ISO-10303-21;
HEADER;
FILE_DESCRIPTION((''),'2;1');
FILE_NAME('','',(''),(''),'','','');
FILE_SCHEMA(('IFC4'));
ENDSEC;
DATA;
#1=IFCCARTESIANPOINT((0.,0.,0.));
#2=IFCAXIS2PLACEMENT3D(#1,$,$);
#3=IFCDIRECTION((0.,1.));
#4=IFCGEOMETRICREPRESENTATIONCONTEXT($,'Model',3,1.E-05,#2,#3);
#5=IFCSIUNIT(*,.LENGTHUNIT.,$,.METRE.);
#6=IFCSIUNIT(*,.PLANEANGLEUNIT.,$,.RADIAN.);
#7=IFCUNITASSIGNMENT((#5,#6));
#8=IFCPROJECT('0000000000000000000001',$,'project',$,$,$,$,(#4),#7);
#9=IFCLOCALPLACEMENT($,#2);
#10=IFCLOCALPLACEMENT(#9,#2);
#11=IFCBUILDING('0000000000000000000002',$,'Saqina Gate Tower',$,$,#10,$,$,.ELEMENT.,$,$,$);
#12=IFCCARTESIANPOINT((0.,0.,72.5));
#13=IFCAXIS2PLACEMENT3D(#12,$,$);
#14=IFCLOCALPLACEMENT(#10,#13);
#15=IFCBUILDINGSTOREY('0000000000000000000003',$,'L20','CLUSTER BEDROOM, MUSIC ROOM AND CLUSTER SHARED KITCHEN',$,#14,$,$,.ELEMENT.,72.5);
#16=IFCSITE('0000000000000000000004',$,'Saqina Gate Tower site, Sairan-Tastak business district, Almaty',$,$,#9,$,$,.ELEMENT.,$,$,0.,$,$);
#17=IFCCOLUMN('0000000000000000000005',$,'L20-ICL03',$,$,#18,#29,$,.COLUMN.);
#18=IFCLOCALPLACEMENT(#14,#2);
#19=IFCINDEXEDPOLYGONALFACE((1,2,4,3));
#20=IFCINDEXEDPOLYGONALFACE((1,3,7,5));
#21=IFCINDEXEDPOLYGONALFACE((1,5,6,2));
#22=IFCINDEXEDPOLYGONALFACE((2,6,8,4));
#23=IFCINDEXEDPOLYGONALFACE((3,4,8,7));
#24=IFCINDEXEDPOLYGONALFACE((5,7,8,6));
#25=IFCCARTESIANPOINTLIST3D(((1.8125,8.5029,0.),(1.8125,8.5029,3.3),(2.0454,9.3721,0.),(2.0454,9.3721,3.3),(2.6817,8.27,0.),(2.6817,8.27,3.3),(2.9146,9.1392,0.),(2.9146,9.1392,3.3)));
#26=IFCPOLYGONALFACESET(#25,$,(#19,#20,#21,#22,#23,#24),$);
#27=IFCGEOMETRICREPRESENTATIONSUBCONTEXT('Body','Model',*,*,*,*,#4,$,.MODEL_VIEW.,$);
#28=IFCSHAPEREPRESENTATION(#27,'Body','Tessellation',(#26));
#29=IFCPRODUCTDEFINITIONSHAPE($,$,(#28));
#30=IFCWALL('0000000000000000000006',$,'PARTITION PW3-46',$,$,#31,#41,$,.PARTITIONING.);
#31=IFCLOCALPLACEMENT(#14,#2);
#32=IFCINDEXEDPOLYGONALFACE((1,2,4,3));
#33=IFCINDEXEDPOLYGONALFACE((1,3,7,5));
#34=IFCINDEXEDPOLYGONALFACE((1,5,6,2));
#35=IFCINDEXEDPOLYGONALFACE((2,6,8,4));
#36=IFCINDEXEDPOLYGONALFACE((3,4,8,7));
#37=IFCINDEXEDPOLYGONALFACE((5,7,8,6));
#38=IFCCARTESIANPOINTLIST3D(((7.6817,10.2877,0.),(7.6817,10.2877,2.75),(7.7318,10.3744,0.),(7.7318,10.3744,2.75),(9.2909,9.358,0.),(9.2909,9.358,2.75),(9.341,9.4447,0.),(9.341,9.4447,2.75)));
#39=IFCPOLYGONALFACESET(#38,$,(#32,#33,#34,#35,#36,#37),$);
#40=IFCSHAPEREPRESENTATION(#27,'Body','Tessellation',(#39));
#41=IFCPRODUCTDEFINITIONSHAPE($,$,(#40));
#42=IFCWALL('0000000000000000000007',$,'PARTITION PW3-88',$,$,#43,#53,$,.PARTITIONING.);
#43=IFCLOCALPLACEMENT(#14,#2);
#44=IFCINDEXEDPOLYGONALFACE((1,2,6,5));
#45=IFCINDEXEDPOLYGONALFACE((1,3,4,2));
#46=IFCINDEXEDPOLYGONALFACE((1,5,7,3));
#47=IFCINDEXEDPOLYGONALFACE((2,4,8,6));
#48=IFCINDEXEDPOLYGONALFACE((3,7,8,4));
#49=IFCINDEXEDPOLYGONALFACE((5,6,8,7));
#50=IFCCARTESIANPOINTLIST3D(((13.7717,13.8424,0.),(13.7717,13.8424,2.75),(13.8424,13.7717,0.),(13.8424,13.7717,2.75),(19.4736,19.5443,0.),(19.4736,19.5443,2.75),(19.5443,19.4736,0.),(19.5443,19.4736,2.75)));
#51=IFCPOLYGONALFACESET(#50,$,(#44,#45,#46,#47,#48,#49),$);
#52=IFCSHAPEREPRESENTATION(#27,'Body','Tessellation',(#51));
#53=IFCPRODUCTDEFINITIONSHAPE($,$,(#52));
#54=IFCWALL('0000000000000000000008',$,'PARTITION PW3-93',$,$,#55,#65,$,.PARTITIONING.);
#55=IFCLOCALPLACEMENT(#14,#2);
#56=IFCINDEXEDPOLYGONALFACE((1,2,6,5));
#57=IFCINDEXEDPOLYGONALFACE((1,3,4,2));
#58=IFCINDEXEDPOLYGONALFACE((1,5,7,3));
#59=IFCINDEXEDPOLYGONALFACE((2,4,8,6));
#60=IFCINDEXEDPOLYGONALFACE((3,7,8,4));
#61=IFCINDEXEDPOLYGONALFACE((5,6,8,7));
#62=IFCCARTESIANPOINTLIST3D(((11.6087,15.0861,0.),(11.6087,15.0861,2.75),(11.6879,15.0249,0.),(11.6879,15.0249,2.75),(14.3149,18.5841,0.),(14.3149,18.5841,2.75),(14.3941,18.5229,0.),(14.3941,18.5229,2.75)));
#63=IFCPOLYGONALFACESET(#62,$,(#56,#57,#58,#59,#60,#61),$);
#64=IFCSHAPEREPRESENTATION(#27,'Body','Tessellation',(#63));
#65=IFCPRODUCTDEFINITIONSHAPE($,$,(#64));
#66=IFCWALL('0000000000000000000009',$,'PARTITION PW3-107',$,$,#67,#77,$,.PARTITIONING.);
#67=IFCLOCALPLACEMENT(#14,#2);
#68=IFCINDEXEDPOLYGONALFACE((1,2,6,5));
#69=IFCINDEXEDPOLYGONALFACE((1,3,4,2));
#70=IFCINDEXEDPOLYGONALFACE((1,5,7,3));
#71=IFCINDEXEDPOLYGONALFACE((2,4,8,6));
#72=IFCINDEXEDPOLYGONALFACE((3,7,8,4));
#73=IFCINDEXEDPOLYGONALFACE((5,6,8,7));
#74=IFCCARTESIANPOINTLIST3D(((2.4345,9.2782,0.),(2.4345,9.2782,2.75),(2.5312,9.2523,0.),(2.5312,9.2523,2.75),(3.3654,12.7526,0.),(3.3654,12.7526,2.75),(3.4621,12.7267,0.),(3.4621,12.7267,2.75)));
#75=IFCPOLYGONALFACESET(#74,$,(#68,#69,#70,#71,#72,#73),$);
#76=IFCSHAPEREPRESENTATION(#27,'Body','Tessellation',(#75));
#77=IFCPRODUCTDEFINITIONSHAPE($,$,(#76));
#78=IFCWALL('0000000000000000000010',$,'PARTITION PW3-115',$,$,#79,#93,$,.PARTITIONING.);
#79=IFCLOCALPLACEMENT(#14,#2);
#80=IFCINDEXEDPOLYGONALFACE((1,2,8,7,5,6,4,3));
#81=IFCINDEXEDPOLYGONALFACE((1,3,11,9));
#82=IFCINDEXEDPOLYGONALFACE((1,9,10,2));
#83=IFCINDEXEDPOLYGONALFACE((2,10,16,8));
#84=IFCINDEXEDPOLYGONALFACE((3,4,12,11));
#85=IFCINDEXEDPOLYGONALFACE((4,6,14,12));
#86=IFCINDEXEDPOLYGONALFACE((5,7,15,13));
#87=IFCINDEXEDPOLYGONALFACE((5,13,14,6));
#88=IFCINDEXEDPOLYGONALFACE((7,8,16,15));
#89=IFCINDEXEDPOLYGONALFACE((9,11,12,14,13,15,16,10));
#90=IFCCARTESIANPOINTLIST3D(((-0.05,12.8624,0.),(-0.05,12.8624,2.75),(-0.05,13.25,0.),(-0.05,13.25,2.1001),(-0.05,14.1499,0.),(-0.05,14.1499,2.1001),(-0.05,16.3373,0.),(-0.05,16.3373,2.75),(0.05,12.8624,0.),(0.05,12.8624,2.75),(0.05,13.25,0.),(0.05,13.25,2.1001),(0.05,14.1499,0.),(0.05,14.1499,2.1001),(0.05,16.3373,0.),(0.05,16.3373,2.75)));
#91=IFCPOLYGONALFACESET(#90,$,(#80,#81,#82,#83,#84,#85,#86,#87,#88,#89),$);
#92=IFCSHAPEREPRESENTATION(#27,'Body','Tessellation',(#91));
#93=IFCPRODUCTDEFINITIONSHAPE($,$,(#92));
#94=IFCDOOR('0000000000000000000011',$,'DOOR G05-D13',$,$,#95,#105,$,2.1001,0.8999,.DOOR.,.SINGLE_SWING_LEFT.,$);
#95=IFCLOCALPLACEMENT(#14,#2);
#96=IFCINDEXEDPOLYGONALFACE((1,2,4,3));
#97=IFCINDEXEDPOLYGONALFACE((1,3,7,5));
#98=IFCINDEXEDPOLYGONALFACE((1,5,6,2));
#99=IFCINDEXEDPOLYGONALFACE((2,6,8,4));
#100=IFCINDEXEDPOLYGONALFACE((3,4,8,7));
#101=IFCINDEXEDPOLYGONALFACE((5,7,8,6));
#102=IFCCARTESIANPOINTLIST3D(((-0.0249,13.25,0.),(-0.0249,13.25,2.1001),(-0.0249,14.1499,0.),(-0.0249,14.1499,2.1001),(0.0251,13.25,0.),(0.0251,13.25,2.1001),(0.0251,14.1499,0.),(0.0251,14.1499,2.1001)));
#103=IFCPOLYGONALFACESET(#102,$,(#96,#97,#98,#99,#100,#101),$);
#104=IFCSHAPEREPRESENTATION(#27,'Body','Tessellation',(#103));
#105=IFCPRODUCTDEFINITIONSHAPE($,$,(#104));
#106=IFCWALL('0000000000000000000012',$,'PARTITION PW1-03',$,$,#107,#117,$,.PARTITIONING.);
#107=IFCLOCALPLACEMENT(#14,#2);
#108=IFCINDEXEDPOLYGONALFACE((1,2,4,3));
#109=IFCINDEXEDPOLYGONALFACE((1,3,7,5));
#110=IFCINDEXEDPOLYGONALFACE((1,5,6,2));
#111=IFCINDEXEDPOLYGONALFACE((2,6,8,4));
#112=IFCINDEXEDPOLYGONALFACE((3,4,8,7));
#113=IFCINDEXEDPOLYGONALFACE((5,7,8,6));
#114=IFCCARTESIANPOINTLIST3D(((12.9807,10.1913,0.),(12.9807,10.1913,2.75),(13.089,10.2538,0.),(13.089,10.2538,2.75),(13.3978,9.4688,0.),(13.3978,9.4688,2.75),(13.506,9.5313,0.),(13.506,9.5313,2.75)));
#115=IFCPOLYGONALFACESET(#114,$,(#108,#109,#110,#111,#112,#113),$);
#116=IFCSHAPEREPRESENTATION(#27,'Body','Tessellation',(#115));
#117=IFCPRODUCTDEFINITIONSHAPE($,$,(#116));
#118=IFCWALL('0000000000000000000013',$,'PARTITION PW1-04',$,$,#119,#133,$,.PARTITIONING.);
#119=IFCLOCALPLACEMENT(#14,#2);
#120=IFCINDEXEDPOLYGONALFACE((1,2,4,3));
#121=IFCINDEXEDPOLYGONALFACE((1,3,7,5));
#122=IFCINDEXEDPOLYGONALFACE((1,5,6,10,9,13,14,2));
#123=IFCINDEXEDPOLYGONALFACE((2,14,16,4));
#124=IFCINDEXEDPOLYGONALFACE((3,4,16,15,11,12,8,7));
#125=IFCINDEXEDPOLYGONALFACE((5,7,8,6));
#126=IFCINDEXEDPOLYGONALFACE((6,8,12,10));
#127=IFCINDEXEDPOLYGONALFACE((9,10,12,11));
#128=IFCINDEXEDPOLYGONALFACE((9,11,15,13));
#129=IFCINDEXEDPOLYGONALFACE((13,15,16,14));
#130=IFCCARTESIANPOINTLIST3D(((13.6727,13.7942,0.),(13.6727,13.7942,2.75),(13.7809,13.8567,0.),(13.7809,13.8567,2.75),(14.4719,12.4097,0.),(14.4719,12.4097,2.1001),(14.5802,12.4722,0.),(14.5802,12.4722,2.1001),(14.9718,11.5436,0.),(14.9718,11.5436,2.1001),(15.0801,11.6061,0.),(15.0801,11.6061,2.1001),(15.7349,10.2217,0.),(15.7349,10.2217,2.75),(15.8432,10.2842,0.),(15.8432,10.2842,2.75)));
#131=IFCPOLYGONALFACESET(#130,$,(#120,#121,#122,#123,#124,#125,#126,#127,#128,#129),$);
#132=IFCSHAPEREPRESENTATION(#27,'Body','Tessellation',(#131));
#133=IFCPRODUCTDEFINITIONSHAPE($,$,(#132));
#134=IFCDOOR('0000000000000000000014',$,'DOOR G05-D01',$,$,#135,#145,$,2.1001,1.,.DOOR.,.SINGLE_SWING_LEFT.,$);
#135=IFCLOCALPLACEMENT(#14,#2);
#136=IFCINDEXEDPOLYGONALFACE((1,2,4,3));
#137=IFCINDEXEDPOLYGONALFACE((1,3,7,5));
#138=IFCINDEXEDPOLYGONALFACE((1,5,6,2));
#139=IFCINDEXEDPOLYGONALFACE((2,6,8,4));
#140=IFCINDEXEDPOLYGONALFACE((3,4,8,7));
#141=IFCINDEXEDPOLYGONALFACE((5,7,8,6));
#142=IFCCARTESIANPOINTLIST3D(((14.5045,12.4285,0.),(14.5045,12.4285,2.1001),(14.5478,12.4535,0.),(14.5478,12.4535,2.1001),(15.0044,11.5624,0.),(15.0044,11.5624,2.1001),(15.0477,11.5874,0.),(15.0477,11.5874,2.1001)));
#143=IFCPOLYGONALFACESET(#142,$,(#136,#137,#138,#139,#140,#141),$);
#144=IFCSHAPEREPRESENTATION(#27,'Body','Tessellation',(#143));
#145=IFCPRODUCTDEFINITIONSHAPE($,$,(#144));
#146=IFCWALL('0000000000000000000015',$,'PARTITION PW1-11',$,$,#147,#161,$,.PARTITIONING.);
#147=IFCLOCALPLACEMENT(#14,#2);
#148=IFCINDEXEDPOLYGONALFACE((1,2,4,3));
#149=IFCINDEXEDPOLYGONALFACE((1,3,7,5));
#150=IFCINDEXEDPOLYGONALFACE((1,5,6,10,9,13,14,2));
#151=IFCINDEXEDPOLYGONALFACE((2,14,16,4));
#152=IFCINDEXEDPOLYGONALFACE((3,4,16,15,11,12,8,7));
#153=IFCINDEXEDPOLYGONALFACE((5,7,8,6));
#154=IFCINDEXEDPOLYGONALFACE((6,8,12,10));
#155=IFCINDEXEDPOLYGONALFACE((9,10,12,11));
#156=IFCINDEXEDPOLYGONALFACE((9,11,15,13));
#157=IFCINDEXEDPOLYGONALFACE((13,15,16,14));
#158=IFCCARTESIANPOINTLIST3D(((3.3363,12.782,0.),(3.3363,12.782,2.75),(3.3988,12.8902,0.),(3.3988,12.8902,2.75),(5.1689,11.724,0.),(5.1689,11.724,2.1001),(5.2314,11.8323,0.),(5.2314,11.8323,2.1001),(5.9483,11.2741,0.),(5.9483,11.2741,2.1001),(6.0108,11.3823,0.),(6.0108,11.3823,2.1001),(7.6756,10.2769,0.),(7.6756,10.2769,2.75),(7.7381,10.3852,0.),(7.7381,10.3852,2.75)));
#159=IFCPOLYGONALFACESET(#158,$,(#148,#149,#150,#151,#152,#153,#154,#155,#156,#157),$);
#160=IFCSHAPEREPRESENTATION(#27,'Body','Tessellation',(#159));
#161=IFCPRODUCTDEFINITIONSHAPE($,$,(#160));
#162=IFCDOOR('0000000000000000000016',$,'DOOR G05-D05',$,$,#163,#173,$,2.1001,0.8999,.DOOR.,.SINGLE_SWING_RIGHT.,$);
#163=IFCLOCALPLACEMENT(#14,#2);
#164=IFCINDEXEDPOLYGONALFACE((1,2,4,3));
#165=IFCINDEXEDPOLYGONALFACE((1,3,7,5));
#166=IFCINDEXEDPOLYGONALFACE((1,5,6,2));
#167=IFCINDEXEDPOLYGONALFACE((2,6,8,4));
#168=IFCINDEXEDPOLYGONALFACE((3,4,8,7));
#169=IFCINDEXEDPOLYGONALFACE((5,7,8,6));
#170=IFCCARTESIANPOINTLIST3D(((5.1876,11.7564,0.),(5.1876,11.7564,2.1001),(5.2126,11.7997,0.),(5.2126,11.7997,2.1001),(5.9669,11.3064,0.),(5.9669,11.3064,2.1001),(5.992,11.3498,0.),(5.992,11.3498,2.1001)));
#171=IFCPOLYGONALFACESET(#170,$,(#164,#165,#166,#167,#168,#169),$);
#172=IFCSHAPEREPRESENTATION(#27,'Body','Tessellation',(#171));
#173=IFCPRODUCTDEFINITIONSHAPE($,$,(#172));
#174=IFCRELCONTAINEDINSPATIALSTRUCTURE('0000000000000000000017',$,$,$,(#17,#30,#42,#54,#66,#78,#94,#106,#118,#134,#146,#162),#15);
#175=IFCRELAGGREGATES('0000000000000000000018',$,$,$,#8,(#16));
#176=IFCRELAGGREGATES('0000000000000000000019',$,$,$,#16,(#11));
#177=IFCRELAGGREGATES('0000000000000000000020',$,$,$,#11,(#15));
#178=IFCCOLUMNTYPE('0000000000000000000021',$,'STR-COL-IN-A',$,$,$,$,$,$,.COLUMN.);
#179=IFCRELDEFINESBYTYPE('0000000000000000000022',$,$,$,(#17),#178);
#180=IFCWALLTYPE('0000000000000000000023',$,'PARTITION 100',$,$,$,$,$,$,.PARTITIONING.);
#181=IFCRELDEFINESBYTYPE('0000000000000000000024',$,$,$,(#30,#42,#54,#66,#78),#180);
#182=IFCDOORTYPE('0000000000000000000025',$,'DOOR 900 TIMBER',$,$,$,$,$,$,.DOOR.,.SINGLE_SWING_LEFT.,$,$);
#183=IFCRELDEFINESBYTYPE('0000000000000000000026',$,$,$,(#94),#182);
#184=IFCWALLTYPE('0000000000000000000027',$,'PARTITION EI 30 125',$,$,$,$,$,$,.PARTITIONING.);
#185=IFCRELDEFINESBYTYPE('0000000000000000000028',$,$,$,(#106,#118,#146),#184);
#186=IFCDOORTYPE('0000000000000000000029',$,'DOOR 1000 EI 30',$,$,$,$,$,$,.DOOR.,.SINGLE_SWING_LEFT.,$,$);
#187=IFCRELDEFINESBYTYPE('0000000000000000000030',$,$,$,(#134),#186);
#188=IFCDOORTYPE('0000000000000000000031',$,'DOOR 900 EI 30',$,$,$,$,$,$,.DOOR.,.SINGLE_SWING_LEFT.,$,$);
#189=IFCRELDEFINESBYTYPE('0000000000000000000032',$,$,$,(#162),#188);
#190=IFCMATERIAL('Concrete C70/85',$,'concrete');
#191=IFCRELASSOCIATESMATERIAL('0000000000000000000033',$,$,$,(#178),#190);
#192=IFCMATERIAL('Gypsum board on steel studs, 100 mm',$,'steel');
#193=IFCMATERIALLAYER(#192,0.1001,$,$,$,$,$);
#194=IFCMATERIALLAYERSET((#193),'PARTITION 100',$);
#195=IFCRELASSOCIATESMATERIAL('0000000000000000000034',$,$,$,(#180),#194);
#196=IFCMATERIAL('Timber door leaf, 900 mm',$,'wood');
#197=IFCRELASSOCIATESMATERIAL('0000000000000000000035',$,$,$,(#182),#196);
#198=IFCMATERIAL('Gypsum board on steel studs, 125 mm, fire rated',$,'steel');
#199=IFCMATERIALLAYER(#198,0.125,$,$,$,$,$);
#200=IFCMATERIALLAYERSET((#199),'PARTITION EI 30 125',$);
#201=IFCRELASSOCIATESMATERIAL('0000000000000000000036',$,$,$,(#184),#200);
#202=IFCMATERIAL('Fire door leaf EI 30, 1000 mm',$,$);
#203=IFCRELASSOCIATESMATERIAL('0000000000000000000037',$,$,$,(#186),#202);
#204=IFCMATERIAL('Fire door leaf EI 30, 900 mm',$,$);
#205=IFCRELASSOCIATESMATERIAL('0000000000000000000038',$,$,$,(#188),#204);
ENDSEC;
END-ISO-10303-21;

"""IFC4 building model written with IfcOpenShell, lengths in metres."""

from ifc_helpers import new_model, si_unit, direction, frame, frame_2d, origin, origin_2d, place, context, subcontext, project, spatial, rectangle, extrude, material, layer, layer_set, material_profile, profile_set, type_object, element, fill, save


model = new_model("IFC4")

# Units and contexts
model_context = context("Model", 3, precision=1e-05, world=origin(), true_north=direction((0.0, 1.0)))
body_context = subcontext(model_context, "Body", "Model", "MODEL_VIEW")
ifc_project = project(units=[si_unit("LENGTHUNIT", "METRE"), si_unit("PLANEANGLEUNIT", "RADIAN")], contexts=[model_context])

# Site, building, storey
site_placement = place(None, origin())
site = spatial("IfcSite", under=ifc_project, at=site_placement, Name="Saqina Gate Tower site, Sairan-Tastak business district, Almaty", CompositionType="ELEMENT", RefElevation=0.0)
building_placement = place(site_placement, origin())
building = spatial("IfcBuilding", under=site, at=building_placement, Name="Saqina Gate Tower", CompositionType="ELEMENT")
storey_placement = place(building_placement, frame((0.0, 0.0, 72.5)))
storey = spatial("IfcBuildingStorey", under=building, at=storey_placement, Name="L20", Description="CLUSTER BEDROOM, MUSIC ROOM AND CLUSTER SHARED KITCHEN", CompositionType="ELEMENT", Elevation=72.5)

# Column
ifc_material_1 = material(Name="Concrete C70/85", Category="concrete")
ifc_material_profile = material_profile(ifc_material_1, rectangle(XDim=0.8999, YDim=0.8999, at=origin_2d()), Name="RC 900x900")
ifc_profile_set = profile_set([ifc_material_profile], Name="Concrete C70/85")
column_type = type_object("IfcColumnType", Name="STR-COL-IN-A", PredefinedType="COLUMN", material=ifc_profile_set)
column_placement = place(storey_placement, frame((2.3635, 8.821, 0.0), z_axis=(0.0, 0.0, 1.0), x_axis=(0.258819, 0.965926, 0.0)))
element("IfcColumn", 1, at=column_placement, inside=storey, type_object=column_type, Name="L20-ICL03", PredefinedType="COLUMN", context=body_context, shape_type="SweptSolid", body=[
    extrude(rectangle(XDim=0.8999, YDim=0.8999, at=origin_2d()), origin(), (0.0, 0.0, 1.0), 3.3),
])

# Walls
ifc_material_2 = material(Name="Gypsum board on steel studs, 100 mm", Category="steel")
ifc_layer_1 = layer(ifc_material_2, 0.1001)
ifc_layer_set_1 = layer_set([ifc_layer_1], Name="PARTITION 100")
wall_type_1 = type_object("IfcWallType", Name="PARTITION 100", PredefinedType="PARTITIONING", material=ifc_layer_set_1)
wall_1_placement = place(storey_placement, frame((7.7068, 10.3311, 0.0), z_axis=(0.0, 0.0, 1.0), x_axis=(0.865873, -0.500264, 0.0)))
element("IfcWall", 2, at=wall_1_placement, inside=storey, type_object=wall_type_1, Name="PARTITION PW3-46", PredefinedType="PARTITIONING", context=body_context, shape_type="SweptSolid", body=[
    extrude(rectangle(XDim=1.8584, YDim=0.1001, at=frame_2d((0.9292, 0.0))), origin(), (0.0, 0.0, 1.0), 2.75),
])
wall_2_placement = place(storey_placement, frame((13.8071, 13.8071, 0.0), z_axis=(0.0, 0.0, 1.0), x_axis=(0.707107, 0.707107, 0.0)))
element("IfcWall", 3, at=wall_2_placement, inside=storey, type_object=wall_type_1, Name="PARTITION PW3-88", PredefinedType="PARTITIONING", context=body_context, shape_type="SweptSolid", body=[
    extrude(rectangle(XDim=8.0637, YDim=0.1001, at=frame_2d((4.0317, 0.0))), origin(), (0.0, 0.0, 1.0), 2.75),
])
wall_3_placement = place(storey_placement, frame((11.6482, 15.0554, 0.0), z_axis=(0.0, 0.0, 1.0), x_axis=(0.611909, 0.790928, 0.0)))
element("IfcWall", 4, at=wall_3_placement, inside=storey, type_object=wall_type_1, Name="PARTITION PW3-93", PredefinedType="PARTITIONING", context=body_context, shape_type="SweptSolid", body=[
    extrude(rectangle(XDim=4.4226, YDim=0.1001, at=frame_2d((2.2114, 0.0))), origin(), (0.0, 0.0, 1.0), 2.75),
])
wall_4_placement = place(storey_placement, frame((2.4829, 9.2654, 0.0), z_axis=(0.0, 0.0, 1.0), x_axis=(0.258807, 0.965929, 0.0)))
element("IfcWall", 5, at=wall_4_placement, inside=storey, type_object=wall_type_1, Name="PARTITION PW3-107", PredefinedType="PARTITIONING", context=body_context, shape_type="SweptSolid", body=[
    extrude(rectangle(XDim=3.5969, YDim=0.1001, at=frame_2d((1.7983, 0.0))), origin(), (0.0, 0.0, 1.0), 2.75),
])

# Wall, opening, door
wall_5_placement = place(storey_placement, frame((0.0, 12.8625, 0.0), z_axis=(0.0, 0.0, 1.0), x_axis=(0.0, 1.0, 0.0)))
wall_5 = element("IfcWall", 6, at=wall_5_placement, inside=storey, type_object=wall_type_1, Name="PARTITION PW3-115", PredefinedType="PARTITIONING", context=body_context, shape_type="SweptSolid", body=[
    extrude(rectangle(XDim=3.4749, YDim=0.1001, at=frame_2d((1.7373, 0.0))), origin(), (0.0, 0.0, 1.0), 2.75),
])
opening_1_placement = place(wall_5_placement, frame((0.3875, 0.0, 0.0)))
opening_1 = element("IfcOpeningElement", 7, at=opening_1_placement, cuts=wall_5, PredefinedType="OPENING", context=body_context, shape_type="SweptSolid", body=[
    extrude(rectangle(XDim=0.8999, YDim=2.1001, at=frame_2d((0.45, 1.05))), frame((0.0, 0.062, 0.0), z_axis=(0.0, -1.0, 0.0), x_axis=(1.0, 0.0, 0.0)), (0.0, 0.0, 1.0), 0.124),
])
ifc_material_3 = material(Name="Timber door leaf, 900 mm", Category="wood")
door_type_1 = type_object("IfcDoorType", Name="DOOR 900 TIMBER", OperationType="SINGLE_SWING_LEFT", PredefinedType="DOOR", material=ifc_material_3)
door_1_placement = place(opening_1_placement, origin())
door_1 = element("IfcDoor", 8, at=door_1_placement, inside=storey, type_object=door_type_1, Name="DOOR G05-D13", OperationType="SINGLE_SWING_LEFT", OverallHeight=2.1001, OverallWidth=0.8999, PredefinedType="DOOR", context=body_context, shape_type="SweptSolid", body=[
    extrude(rectangle(XDim=0.8999, YDim=2.1001, at=frame_2d((0.45, 1.05))), frame((0.0, 0.0249, 0.0), z_axis=(0.0, -1.0, 0.0), x_axis=(1.0, 0.0, 0.0)), (0.0, 0.0, 1.0), 0.05),
])
fill(opening_1, door_1)

# Wall
ifc_material_4 = material(Name="Gypsum board on steel studs, 125 mm, fire rated", Category="steel")
ifc_layer_2 = layer(ifc_material_4, 0.125)
ifc_layer_set_2 = layer_set([ifc_layer_2], Name="PARTITION EI 30 125")
wall_type_2 = type_object("IfcWallType", Name="PARTITION EI 30 125", PredefinedType="PARTITIONING", material=ifc_layer_set_2)
wall_6_placement = place(storey_placement, frame((13.0349, 10.2224, 0.0), z_axis=(0.0, 0.0, 1.0), x_axis=(0.499917, -0.866073, 0.0)))
element("IfcWall", 9, at=wall_6_placement, inside=storey, type_object=wall_type_2, Name="PARTITION PW1-03", PredefinedType="PARTITIONING", context=body_context, shape_type="SweptSolid", body=[
    extrude(rectangle(XDim=0.8342, YDim=0.125, at=frame_2d((0.417, 0.0))), origin(), (0.0, 0.0, 1.0), 2.75),
])

# Walls, openings, doors
wall_7_placement = place(storey_placement, frame((13.7268, 13.8254, 0.0), z_axis=(0.0, 0.0, 1.0), x_axis=(0.499939, -0.86606, 0.0)))
wall_7 = element("IfcWall", 10, at=wall_7_placement, inside=storey, type_object=wall_type_2, Name="PARTITION PW1-04", PredefinedType="PARTITIONING", context=body_context, shape_type="SweptSolid", body=[
    extrude(rectangle(XDim=4.125, YDim=0.125, at=frame_2d((2.0625, 0.0))), origin(), (0.0, 0.0, 1.0), 2.75),
])
opening_2_placement = place(wall_7_placement, frame((1.5986, 0.0, 0.0)))
opening_2 = element("IfcOpeningElement", 11, at=opening_2_placement, cuts=wall_7, PredefinedType="OPENING", context=body_context, shape_type="SweptSolid", body=[
    extrude(rectangle(XDim=1.0, YDim=2.1001, at=frame_2d((0.5, 1.05))), frame((0.0, 0.0745, 0.0), z_axis=(0.0, -1.0, 0.0), x_axis=(1.0, 0.0, 0.0)), (0.0, 0.0, 1.0), 0.1489),
])
ifc_material_5 = material(Name="Fire door leaf EI 30, 1000 mm")
door_type_2 = type_object("IfcDoorType", Name="DOOR 1000 EI 30", OperationType="SINGLE_SWING_LEFT", PredefinedType="DOOR", material=ifc_material_5)
door_2_placement = place(opening_2_placement, frame((1.0, 0.0, 0.0), z_axis=(0.0, 0.0, 1.0), x_axis=(-1.0, 0.0, 0.0)))
door_2 = element("IfcDoor", 12, at=door_2_placement, inside=storey, type_object=door_type_2, Name="DOOR G05-D01", OperationType="SINGLE_SWING_LEFT", OverallHeight=2.1001, OverallWidth=1.0, PredefinedType="DOOR", context=body_context, shape_type="SweptSolid", body=[
    extrude(rectangle(XDim=1.0, YDim=2.1001, at=frame_2d((0.5, 1.05))), frame((0.0, 0.0249, 0.0), z_axis=(0.0, -1.0, 0.0), x_axis=(1.0, 0.0, 0.0)), (0.0, 0.0, 1.0), 0.05),
])
fill(opening_2, door_2)
wall_8_placement = place(storey_placement, frame((3.3674, 12.8362, 0.0), z_axis=(0.0, 0.0, 1.0), x_axis=(0.866043, -0.49997, 0.0)))
wall_8 = element("IfcWall", 13, at=wall_8_placement, inside=storey, type_object=wall_type_2, Name="PARTITION PW1-11", PredefinedType="PARTITIONING", context=body_context, shape_type="SweptSolid", body=[
    extrude(rectangle(XDim=5.0105, YDim=0.125, at=frame_2d((2.5054, 0.0))), origin(), (0.0, 0.0, 1.0), 2.75),
])
opening_3_placement = place(wall_8_placement, frame((2.1162, 0.0, 0.0)))
opening_3 = element("IfcOpeningElement", 14, at=opening_3_placement, cuts=wall_8, PredefinedType="OPENING", context=body_context, shape_type="SweptSolid", body=[
    extrude(rectangle(XDim=0.8999, YDim=2.1001, at=frame_2d((0.45, 1.05))), frame((0.0, 0.0745, 0.0), z_axis=(0.0, -1.0, 0.0), x_axis=(1.0, 0.0, 0.0)), (0.0, 0.0, 1.0), 0.1489),
])
ifc_material_6 = material(Name="Fire door leaf EI 30, 900 mm")
door_type_3 = type_object("IfcDoorType", Name="DOOR 900 EI 30", OperationType="SINGLE_SWING_LEFT", PredefinedType="DOOR", material=ifc_material_6)
door_3_placement = place(opening_3_placement, origin())
door_3 = element("IfcDoor", 15, at=door_3_placement, inside=storey, type_object=door_type_3, Name="DOOR G05-D05", OperationType="SINGLE_SWING_RIGHT", OverallHeight=2.1001, OverallWidth=0.8999, PredefinedType="DOOR", context=body_context, shape_type="SweptSolid", body=[
    extrude(rectangle(XDim=0.8999, YDim=2.1001, at=frame_2d((0.45, 1.05))), frame((0.0, 0.0249, 0.0), z_axis=(0.0, -1.0, 0.0), x_axis=(1.0, 0.0, 0.0)), (0.0, 0.0, 1.0), 0.05),
])
fill(opening_3, door_3)

save(model, "model.ifc")
